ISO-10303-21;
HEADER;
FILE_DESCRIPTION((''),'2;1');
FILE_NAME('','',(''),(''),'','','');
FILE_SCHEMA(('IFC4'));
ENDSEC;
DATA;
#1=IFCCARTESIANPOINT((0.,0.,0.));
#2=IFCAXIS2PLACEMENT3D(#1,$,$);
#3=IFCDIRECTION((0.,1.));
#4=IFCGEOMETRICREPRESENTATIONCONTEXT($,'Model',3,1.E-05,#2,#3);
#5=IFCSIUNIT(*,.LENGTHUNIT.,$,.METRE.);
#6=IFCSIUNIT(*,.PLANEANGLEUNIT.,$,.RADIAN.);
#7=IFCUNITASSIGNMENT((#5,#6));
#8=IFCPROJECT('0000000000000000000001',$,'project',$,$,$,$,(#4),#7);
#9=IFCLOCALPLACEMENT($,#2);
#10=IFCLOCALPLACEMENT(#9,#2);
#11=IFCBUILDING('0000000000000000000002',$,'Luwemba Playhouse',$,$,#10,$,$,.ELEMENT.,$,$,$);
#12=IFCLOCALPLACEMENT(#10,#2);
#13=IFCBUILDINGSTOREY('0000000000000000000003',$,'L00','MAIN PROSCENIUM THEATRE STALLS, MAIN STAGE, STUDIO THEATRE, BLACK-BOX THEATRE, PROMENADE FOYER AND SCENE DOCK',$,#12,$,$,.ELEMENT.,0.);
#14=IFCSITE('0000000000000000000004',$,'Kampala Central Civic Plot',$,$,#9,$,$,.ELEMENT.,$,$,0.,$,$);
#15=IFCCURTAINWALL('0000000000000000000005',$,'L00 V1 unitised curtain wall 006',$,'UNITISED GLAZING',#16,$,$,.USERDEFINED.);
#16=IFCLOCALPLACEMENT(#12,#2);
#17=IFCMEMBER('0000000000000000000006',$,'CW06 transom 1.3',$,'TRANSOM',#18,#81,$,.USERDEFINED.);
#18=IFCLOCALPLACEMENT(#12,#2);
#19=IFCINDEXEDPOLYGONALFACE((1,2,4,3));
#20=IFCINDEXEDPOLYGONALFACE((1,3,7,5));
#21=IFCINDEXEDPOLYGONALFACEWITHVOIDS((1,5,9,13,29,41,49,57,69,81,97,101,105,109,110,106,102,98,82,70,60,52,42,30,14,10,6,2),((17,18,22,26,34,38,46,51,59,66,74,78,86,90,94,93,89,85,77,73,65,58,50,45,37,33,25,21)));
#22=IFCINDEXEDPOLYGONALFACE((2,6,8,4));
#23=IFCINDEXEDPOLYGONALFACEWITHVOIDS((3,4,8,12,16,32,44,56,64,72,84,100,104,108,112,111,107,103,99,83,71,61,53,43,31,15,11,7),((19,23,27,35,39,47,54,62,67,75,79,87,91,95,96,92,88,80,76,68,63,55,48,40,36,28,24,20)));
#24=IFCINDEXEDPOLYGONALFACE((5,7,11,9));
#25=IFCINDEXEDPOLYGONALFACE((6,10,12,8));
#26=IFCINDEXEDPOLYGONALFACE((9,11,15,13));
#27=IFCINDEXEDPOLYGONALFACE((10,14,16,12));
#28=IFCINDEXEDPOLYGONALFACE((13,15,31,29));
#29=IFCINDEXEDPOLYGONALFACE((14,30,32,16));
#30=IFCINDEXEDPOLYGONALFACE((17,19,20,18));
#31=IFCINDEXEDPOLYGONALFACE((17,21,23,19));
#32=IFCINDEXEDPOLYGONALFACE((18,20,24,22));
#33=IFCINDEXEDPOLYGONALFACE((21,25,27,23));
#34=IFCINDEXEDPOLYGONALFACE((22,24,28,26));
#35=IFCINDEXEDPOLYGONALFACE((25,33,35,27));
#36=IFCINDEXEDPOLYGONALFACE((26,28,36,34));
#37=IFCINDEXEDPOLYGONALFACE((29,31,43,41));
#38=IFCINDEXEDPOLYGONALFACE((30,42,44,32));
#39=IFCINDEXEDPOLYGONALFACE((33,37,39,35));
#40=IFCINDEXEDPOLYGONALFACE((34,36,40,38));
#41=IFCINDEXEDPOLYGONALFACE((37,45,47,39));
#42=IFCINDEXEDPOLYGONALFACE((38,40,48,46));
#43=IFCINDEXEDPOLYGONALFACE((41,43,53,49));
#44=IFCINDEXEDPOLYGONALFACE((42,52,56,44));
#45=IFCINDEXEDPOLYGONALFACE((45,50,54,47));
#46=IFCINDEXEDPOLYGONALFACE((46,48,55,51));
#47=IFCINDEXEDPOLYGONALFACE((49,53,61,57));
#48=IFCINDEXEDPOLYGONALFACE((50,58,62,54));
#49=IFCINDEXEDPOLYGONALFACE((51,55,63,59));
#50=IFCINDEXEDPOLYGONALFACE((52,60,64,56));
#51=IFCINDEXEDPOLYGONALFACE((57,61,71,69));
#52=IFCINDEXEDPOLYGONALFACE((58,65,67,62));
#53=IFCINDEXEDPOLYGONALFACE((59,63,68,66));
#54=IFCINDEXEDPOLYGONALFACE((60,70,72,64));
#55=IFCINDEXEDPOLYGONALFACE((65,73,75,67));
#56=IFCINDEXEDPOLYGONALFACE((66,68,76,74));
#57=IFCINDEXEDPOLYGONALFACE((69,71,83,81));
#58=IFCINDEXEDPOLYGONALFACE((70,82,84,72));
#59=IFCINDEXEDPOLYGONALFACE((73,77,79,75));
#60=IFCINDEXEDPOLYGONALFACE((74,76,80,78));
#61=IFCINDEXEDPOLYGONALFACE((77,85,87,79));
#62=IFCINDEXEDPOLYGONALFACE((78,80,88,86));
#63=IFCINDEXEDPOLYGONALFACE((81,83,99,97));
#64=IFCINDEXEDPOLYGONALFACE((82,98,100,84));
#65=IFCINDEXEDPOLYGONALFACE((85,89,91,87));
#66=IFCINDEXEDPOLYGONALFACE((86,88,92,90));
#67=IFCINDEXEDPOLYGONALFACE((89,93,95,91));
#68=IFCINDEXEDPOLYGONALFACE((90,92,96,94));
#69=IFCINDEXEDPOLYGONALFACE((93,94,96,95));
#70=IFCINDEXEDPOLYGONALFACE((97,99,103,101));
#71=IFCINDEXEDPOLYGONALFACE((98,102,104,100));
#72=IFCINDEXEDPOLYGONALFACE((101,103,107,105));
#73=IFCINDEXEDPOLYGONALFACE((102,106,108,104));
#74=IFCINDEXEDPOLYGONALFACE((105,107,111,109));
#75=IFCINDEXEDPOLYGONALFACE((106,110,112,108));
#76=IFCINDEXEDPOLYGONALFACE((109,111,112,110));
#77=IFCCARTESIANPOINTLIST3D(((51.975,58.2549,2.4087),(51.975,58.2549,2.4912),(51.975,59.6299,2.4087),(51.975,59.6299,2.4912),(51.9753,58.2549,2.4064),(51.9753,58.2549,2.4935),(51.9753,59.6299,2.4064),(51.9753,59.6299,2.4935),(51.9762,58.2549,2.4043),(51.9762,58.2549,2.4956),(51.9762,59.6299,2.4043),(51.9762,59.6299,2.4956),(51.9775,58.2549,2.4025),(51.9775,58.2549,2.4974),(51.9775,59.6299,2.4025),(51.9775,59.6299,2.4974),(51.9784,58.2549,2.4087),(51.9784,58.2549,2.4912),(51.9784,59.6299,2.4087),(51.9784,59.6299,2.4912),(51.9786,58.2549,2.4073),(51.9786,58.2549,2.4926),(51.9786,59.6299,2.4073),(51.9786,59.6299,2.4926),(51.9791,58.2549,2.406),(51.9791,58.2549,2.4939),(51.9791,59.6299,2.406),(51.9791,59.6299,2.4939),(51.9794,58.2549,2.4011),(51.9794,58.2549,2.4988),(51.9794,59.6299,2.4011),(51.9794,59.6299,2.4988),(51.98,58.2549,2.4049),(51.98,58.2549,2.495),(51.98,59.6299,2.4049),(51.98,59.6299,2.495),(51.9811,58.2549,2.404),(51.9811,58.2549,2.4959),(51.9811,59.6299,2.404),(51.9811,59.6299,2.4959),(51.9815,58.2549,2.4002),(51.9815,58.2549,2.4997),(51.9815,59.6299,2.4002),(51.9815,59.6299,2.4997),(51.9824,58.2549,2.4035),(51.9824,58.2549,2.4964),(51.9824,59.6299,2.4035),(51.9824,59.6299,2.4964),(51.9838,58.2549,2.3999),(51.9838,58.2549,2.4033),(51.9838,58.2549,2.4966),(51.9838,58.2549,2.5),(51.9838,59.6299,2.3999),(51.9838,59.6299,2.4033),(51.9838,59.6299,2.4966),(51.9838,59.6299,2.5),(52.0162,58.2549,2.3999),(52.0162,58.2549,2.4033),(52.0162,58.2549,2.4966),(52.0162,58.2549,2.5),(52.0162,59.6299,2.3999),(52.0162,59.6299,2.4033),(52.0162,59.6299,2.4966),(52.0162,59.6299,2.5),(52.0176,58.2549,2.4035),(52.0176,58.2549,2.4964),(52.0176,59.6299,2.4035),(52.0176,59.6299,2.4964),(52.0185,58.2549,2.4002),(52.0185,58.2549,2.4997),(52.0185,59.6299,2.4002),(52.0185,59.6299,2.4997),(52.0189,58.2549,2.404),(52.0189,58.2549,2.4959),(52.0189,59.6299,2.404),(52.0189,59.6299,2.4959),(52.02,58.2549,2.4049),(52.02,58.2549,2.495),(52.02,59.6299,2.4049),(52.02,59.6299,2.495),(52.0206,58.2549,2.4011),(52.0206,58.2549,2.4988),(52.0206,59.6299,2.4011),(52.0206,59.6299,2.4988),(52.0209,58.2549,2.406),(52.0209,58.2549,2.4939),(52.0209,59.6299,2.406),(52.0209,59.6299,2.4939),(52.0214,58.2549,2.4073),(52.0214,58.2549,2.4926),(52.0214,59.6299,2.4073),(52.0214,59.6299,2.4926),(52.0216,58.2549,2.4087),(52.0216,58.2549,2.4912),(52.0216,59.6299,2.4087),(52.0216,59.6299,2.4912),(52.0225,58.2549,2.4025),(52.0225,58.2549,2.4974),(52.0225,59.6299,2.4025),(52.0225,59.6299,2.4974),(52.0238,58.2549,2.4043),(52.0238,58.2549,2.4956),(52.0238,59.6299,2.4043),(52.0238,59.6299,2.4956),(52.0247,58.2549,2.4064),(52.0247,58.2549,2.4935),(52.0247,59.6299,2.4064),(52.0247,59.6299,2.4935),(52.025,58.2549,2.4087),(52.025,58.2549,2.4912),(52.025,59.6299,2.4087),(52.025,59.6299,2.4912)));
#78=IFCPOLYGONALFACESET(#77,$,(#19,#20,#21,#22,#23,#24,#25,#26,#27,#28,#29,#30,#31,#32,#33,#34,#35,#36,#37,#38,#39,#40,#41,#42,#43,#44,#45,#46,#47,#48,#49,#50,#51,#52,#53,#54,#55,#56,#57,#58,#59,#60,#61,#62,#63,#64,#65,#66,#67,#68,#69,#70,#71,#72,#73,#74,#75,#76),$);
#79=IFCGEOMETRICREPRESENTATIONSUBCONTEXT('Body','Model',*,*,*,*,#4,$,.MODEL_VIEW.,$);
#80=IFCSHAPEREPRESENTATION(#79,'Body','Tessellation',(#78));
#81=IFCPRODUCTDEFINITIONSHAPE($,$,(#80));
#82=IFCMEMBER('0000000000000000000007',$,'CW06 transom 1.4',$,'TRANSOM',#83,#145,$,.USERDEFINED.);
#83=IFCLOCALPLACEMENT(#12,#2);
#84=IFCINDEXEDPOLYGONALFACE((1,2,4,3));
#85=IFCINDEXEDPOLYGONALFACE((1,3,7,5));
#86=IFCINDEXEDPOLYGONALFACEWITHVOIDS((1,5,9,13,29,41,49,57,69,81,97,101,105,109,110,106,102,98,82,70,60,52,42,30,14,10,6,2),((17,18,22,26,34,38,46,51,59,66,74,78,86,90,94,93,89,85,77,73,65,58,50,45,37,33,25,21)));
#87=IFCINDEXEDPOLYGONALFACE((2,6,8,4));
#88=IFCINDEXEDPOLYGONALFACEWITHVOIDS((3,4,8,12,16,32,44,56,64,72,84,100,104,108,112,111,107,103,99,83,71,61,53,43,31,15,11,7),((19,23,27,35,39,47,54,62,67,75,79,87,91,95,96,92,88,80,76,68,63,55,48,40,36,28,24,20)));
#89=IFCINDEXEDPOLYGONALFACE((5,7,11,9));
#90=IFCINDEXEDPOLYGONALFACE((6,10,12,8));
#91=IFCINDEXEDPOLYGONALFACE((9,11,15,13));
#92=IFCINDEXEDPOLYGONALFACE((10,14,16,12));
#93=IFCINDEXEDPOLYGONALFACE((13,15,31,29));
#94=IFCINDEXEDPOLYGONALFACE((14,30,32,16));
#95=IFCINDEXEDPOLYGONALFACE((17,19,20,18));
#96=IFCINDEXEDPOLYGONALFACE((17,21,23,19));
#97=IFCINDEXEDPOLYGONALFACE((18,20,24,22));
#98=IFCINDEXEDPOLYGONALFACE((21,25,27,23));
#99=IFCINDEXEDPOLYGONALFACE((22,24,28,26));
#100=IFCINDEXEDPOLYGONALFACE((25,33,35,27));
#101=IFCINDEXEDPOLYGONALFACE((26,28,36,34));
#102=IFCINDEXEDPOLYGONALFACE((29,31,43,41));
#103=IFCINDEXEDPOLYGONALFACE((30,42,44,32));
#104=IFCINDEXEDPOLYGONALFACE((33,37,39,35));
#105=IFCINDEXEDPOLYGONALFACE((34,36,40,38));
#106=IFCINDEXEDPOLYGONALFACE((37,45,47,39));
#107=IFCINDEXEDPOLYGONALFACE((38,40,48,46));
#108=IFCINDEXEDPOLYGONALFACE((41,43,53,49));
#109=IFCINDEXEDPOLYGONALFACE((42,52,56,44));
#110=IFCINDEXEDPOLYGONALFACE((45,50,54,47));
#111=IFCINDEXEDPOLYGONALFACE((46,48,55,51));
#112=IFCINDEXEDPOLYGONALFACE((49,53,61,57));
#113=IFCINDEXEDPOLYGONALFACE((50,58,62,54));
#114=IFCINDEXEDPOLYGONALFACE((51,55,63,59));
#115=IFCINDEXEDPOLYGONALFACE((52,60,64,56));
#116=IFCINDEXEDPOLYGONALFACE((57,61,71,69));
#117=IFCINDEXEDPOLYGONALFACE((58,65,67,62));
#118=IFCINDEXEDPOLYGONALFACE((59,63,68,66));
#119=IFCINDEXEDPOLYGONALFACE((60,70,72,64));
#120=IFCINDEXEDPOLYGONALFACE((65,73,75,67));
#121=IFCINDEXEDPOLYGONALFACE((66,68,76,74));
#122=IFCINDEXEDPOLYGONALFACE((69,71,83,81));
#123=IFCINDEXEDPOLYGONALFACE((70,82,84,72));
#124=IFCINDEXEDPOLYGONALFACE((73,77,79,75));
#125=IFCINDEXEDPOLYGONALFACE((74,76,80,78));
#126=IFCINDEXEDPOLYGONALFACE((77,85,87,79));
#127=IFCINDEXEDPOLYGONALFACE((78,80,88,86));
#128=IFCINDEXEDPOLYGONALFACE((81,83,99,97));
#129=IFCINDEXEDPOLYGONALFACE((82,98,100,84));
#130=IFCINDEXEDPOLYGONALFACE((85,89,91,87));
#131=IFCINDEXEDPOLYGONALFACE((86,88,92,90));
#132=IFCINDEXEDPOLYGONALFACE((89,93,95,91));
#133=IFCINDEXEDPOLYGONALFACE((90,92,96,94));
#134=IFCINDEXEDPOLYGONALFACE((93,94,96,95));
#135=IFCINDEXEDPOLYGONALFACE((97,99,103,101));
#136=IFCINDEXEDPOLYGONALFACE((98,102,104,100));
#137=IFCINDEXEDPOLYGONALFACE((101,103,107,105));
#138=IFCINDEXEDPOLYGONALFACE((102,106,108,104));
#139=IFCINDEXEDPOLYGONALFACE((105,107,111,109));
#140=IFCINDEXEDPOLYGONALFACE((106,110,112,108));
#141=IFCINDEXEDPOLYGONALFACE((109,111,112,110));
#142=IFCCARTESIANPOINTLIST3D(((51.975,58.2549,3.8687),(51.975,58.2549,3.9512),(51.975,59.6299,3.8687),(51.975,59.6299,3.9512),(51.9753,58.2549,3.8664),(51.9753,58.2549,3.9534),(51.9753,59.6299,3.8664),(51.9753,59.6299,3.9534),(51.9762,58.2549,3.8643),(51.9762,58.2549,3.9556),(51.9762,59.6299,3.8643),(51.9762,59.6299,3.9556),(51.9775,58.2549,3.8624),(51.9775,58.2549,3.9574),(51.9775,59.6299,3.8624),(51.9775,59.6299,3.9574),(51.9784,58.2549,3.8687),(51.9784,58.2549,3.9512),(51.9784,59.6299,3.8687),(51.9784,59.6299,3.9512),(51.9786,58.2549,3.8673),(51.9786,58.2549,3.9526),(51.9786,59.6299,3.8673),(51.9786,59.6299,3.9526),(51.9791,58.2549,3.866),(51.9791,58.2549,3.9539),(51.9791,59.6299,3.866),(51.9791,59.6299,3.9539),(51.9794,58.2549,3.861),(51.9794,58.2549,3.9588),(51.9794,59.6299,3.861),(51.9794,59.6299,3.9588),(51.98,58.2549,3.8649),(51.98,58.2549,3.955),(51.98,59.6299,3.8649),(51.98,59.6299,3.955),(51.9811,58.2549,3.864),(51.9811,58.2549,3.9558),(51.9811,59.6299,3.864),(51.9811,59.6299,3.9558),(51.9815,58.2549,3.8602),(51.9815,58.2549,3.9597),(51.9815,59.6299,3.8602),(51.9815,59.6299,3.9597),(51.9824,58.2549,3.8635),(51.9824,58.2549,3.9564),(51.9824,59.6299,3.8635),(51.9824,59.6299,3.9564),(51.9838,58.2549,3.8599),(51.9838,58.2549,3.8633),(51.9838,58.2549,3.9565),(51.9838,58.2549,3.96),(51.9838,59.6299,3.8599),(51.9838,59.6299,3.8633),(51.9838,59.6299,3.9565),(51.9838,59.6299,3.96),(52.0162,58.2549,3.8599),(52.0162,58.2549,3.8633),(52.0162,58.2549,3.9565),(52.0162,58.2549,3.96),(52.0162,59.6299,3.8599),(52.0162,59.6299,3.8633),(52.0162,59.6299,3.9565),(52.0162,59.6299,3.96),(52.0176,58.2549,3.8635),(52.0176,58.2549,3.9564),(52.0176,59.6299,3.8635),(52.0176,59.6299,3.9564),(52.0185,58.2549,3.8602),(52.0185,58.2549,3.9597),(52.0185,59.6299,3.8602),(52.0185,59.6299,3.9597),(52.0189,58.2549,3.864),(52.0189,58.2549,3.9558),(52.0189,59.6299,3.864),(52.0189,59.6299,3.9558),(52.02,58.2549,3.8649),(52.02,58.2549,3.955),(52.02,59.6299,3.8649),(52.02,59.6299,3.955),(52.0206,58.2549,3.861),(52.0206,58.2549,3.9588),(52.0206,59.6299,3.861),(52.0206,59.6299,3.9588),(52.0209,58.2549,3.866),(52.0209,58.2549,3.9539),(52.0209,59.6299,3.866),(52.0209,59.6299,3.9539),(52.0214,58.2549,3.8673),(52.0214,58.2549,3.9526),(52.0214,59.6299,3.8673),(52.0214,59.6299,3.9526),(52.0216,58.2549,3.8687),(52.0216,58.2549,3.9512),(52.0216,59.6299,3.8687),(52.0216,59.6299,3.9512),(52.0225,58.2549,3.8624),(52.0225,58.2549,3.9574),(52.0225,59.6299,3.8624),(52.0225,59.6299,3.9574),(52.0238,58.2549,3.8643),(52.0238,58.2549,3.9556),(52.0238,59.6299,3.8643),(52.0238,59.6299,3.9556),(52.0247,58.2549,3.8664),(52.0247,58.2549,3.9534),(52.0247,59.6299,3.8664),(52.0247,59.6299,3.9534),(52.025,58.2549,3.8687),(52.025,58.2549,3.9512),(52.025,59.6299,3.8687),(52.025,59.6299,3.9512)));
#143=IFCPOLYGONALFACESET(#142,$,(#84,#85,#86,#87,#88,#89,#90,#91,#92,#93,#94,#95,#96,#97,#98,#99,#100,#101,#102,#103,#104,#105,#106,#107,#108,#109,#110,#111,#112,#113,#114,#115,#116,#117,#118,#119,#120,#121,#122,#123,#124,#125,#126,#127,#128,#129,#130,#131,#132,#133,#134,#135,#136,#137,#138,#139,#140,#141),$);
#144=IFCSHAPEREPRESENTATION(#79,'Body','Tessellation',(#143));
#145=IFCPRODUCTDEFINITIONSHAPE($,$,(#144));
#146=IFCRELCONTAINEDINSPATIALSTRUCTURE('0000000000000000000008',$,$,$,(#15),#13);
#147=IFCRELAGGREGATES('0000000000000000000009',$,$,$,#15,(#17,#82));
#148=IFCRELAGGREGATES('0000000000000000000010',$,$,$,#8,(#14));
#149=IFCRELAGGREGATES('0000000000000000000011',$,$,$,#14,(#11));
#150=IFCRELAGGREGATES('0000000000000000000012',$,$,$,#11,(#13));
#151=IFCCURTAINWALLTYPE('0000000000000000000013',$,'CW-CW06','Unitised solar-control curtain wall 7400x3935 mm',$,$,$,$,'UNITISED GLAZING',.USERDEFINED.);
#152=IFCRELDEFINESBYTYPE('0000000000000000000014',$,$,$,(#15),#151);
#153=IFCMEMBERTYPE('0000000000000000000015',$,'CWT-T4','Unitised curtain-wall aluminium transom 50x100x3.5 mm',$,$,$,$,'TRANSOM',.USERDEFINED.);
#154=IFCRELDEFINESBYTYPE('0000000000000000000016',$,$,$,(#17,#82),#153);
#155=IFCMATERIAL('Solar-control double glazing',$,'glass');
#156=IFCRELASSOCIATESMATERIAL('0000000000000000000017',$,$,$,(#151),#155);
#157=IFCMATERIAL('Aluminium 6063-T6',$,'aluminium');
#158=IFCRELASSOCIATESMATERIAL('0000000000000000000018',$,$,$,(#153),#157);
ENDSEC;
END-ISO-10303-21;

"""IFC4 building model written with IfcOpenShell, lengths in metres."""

from ifc_helpers import new_model, si_unit, direction, frame, origin, origin_2d, place, context, subcontext, project, spatial, hollow_rectangle, extrude, material, material_profile, profile_set, type_object, element, aggregate, save


model = new_model("IFC4")

# Units and contexts
model_context = context("Model", 3, precision=1e-05, world=origin(), true_north=direction((0.0, 1.0)))
body_context = subcontext(model_context, "Body", "Model", "MODEL_VIEW")
ifc_project = project(units=[si_unit("LENGTHUNIT", "METRE"), si_unit("PLANEANGLEUNIT", "RADIAN")], contexts=[model_context])

# Site, building, storey
site_placement = place(None, origin())
site = spatial("IfcSite", under=ifc_project, at=site_placement, Name="Kampala Central Civic Plot", CompositionType="ELEMENT", RefElevation=0.0)
building_placement = place(site_placement, origin())
building = spatial("IfcBuilding", under=site, at=building_placement, Name="Luwemba Playhouse", CompositionType="ELEMENT")
storey_placement = place(building_placement, origin())
storey = spatial("IfcBuildingStorey", under=building, at=storey_placement, Name="L00", Description="MAIN PROSCENIUM THEATRE STALLS, MAIN STAGE, STUDIO THEATRE, BLACK-BOX THEATRE, PROMENADE FOYER AND SCENE DOCK", CompositionType="ELEMENT", Elevation=0.0)

# Curtain wall
ifc_material_1 = material(Name="Solar-control double glazing", Category="glass")
curtain_wall_type_1 = type_object("IfcCurtainWallType", Name="CW-CW06", Description="Unitised solar-control curtain wall 7400x3935 mm", ElementType="UNITISED GLAZING", PredefinedType="USERDEFINED", material=ifc_material_1)
curtain_wall_1_placement = place(storey_placement, origin())
curtain_wall_1 = element("IfcCurtainWall", 1, at=curtain_wall_1_placement, inside=storey, type_object=curtain_wall_type_1, Name="L00 V1 unitised curtain wall 006", ObjectType="UNITISED GLAZING", PredefinedType="USERDEFINED")
ifc_material_2 = material(Name="Aluminium 6063-T6", Category="aluminium")

# Members
ifc_material_profile_1 = material_profile(ifc_material_2, hollow_rectangle(XDim=0.05, YDim=0.1001, WallThickness=0.0034, InnerFilletRadius=0.0054, OuterFilletRadius=0.0088, at=origin_2d()))
ifc_profile_set_1 = profile_set([ifc_material_profile_1], Name="Aluminium 6063-T6")
member_type_1 = type_object("IfcMemberType", Name="CWT-T4", Description="Unitised curtain-wall aluminium transom 50x100x3.5 mm", ElementType="TRANSOM", PredefinedType="USERDEFINED", material=ifc_profile_set_1)
member_1_placement = place(storey_placement, frame((52.0, 59.6299, 2.45), z_axis=(0.0, -1.0, 0.0), x_axis=(1.0, 0.0, 0.0)))
member_1 = element("IfcMember", 2, at=member_1_placement, type_object=member_type_1, Name="CW06 transom 1.3", ObjectType="TRANSOM", PredefinedType="USERDEFINED", context=body_context, shape_type="SweptSolid", body=[
    extrude(hollow_rectangle(XDim=0.05, YDim=0.1001, WallThickness=0.0034, InnerFilletRadius=0.0054, OuterFilletRadius=0.0088, at=origin_2d()), origin(), (0.0, 0.0, 1.0), 1.375),
])
member_2_placement = place(storey_placement, frame((52.0, 59.6299, 3.9099), z_axis=(0.0, -1.0, 0.0), x_axis=(1.0, 0.0, 0.0)))
member_2 = element("IfcMember", 3, at=member_2_placement, type_object=member_type_1, Name="CW06 transom 1.4", ObjectType="TRANSOM", PredefinedType="USERDEFINED", context=body_context, shape_type="SweptSolid", body=[
    extrude(hollow_rectangle(XDim=0.05, YDim=0.1001, WallThickness=0.0034, InnerFilletRadius=0.0054, OuterFilletRadius=0.0088, at=origin_2d()), origin(), (0.0, 0.0, 1.0), 1.375),
])

aggregate(curtain_wall_1, [member_1, member_2])

save(model, "model.ifc")
